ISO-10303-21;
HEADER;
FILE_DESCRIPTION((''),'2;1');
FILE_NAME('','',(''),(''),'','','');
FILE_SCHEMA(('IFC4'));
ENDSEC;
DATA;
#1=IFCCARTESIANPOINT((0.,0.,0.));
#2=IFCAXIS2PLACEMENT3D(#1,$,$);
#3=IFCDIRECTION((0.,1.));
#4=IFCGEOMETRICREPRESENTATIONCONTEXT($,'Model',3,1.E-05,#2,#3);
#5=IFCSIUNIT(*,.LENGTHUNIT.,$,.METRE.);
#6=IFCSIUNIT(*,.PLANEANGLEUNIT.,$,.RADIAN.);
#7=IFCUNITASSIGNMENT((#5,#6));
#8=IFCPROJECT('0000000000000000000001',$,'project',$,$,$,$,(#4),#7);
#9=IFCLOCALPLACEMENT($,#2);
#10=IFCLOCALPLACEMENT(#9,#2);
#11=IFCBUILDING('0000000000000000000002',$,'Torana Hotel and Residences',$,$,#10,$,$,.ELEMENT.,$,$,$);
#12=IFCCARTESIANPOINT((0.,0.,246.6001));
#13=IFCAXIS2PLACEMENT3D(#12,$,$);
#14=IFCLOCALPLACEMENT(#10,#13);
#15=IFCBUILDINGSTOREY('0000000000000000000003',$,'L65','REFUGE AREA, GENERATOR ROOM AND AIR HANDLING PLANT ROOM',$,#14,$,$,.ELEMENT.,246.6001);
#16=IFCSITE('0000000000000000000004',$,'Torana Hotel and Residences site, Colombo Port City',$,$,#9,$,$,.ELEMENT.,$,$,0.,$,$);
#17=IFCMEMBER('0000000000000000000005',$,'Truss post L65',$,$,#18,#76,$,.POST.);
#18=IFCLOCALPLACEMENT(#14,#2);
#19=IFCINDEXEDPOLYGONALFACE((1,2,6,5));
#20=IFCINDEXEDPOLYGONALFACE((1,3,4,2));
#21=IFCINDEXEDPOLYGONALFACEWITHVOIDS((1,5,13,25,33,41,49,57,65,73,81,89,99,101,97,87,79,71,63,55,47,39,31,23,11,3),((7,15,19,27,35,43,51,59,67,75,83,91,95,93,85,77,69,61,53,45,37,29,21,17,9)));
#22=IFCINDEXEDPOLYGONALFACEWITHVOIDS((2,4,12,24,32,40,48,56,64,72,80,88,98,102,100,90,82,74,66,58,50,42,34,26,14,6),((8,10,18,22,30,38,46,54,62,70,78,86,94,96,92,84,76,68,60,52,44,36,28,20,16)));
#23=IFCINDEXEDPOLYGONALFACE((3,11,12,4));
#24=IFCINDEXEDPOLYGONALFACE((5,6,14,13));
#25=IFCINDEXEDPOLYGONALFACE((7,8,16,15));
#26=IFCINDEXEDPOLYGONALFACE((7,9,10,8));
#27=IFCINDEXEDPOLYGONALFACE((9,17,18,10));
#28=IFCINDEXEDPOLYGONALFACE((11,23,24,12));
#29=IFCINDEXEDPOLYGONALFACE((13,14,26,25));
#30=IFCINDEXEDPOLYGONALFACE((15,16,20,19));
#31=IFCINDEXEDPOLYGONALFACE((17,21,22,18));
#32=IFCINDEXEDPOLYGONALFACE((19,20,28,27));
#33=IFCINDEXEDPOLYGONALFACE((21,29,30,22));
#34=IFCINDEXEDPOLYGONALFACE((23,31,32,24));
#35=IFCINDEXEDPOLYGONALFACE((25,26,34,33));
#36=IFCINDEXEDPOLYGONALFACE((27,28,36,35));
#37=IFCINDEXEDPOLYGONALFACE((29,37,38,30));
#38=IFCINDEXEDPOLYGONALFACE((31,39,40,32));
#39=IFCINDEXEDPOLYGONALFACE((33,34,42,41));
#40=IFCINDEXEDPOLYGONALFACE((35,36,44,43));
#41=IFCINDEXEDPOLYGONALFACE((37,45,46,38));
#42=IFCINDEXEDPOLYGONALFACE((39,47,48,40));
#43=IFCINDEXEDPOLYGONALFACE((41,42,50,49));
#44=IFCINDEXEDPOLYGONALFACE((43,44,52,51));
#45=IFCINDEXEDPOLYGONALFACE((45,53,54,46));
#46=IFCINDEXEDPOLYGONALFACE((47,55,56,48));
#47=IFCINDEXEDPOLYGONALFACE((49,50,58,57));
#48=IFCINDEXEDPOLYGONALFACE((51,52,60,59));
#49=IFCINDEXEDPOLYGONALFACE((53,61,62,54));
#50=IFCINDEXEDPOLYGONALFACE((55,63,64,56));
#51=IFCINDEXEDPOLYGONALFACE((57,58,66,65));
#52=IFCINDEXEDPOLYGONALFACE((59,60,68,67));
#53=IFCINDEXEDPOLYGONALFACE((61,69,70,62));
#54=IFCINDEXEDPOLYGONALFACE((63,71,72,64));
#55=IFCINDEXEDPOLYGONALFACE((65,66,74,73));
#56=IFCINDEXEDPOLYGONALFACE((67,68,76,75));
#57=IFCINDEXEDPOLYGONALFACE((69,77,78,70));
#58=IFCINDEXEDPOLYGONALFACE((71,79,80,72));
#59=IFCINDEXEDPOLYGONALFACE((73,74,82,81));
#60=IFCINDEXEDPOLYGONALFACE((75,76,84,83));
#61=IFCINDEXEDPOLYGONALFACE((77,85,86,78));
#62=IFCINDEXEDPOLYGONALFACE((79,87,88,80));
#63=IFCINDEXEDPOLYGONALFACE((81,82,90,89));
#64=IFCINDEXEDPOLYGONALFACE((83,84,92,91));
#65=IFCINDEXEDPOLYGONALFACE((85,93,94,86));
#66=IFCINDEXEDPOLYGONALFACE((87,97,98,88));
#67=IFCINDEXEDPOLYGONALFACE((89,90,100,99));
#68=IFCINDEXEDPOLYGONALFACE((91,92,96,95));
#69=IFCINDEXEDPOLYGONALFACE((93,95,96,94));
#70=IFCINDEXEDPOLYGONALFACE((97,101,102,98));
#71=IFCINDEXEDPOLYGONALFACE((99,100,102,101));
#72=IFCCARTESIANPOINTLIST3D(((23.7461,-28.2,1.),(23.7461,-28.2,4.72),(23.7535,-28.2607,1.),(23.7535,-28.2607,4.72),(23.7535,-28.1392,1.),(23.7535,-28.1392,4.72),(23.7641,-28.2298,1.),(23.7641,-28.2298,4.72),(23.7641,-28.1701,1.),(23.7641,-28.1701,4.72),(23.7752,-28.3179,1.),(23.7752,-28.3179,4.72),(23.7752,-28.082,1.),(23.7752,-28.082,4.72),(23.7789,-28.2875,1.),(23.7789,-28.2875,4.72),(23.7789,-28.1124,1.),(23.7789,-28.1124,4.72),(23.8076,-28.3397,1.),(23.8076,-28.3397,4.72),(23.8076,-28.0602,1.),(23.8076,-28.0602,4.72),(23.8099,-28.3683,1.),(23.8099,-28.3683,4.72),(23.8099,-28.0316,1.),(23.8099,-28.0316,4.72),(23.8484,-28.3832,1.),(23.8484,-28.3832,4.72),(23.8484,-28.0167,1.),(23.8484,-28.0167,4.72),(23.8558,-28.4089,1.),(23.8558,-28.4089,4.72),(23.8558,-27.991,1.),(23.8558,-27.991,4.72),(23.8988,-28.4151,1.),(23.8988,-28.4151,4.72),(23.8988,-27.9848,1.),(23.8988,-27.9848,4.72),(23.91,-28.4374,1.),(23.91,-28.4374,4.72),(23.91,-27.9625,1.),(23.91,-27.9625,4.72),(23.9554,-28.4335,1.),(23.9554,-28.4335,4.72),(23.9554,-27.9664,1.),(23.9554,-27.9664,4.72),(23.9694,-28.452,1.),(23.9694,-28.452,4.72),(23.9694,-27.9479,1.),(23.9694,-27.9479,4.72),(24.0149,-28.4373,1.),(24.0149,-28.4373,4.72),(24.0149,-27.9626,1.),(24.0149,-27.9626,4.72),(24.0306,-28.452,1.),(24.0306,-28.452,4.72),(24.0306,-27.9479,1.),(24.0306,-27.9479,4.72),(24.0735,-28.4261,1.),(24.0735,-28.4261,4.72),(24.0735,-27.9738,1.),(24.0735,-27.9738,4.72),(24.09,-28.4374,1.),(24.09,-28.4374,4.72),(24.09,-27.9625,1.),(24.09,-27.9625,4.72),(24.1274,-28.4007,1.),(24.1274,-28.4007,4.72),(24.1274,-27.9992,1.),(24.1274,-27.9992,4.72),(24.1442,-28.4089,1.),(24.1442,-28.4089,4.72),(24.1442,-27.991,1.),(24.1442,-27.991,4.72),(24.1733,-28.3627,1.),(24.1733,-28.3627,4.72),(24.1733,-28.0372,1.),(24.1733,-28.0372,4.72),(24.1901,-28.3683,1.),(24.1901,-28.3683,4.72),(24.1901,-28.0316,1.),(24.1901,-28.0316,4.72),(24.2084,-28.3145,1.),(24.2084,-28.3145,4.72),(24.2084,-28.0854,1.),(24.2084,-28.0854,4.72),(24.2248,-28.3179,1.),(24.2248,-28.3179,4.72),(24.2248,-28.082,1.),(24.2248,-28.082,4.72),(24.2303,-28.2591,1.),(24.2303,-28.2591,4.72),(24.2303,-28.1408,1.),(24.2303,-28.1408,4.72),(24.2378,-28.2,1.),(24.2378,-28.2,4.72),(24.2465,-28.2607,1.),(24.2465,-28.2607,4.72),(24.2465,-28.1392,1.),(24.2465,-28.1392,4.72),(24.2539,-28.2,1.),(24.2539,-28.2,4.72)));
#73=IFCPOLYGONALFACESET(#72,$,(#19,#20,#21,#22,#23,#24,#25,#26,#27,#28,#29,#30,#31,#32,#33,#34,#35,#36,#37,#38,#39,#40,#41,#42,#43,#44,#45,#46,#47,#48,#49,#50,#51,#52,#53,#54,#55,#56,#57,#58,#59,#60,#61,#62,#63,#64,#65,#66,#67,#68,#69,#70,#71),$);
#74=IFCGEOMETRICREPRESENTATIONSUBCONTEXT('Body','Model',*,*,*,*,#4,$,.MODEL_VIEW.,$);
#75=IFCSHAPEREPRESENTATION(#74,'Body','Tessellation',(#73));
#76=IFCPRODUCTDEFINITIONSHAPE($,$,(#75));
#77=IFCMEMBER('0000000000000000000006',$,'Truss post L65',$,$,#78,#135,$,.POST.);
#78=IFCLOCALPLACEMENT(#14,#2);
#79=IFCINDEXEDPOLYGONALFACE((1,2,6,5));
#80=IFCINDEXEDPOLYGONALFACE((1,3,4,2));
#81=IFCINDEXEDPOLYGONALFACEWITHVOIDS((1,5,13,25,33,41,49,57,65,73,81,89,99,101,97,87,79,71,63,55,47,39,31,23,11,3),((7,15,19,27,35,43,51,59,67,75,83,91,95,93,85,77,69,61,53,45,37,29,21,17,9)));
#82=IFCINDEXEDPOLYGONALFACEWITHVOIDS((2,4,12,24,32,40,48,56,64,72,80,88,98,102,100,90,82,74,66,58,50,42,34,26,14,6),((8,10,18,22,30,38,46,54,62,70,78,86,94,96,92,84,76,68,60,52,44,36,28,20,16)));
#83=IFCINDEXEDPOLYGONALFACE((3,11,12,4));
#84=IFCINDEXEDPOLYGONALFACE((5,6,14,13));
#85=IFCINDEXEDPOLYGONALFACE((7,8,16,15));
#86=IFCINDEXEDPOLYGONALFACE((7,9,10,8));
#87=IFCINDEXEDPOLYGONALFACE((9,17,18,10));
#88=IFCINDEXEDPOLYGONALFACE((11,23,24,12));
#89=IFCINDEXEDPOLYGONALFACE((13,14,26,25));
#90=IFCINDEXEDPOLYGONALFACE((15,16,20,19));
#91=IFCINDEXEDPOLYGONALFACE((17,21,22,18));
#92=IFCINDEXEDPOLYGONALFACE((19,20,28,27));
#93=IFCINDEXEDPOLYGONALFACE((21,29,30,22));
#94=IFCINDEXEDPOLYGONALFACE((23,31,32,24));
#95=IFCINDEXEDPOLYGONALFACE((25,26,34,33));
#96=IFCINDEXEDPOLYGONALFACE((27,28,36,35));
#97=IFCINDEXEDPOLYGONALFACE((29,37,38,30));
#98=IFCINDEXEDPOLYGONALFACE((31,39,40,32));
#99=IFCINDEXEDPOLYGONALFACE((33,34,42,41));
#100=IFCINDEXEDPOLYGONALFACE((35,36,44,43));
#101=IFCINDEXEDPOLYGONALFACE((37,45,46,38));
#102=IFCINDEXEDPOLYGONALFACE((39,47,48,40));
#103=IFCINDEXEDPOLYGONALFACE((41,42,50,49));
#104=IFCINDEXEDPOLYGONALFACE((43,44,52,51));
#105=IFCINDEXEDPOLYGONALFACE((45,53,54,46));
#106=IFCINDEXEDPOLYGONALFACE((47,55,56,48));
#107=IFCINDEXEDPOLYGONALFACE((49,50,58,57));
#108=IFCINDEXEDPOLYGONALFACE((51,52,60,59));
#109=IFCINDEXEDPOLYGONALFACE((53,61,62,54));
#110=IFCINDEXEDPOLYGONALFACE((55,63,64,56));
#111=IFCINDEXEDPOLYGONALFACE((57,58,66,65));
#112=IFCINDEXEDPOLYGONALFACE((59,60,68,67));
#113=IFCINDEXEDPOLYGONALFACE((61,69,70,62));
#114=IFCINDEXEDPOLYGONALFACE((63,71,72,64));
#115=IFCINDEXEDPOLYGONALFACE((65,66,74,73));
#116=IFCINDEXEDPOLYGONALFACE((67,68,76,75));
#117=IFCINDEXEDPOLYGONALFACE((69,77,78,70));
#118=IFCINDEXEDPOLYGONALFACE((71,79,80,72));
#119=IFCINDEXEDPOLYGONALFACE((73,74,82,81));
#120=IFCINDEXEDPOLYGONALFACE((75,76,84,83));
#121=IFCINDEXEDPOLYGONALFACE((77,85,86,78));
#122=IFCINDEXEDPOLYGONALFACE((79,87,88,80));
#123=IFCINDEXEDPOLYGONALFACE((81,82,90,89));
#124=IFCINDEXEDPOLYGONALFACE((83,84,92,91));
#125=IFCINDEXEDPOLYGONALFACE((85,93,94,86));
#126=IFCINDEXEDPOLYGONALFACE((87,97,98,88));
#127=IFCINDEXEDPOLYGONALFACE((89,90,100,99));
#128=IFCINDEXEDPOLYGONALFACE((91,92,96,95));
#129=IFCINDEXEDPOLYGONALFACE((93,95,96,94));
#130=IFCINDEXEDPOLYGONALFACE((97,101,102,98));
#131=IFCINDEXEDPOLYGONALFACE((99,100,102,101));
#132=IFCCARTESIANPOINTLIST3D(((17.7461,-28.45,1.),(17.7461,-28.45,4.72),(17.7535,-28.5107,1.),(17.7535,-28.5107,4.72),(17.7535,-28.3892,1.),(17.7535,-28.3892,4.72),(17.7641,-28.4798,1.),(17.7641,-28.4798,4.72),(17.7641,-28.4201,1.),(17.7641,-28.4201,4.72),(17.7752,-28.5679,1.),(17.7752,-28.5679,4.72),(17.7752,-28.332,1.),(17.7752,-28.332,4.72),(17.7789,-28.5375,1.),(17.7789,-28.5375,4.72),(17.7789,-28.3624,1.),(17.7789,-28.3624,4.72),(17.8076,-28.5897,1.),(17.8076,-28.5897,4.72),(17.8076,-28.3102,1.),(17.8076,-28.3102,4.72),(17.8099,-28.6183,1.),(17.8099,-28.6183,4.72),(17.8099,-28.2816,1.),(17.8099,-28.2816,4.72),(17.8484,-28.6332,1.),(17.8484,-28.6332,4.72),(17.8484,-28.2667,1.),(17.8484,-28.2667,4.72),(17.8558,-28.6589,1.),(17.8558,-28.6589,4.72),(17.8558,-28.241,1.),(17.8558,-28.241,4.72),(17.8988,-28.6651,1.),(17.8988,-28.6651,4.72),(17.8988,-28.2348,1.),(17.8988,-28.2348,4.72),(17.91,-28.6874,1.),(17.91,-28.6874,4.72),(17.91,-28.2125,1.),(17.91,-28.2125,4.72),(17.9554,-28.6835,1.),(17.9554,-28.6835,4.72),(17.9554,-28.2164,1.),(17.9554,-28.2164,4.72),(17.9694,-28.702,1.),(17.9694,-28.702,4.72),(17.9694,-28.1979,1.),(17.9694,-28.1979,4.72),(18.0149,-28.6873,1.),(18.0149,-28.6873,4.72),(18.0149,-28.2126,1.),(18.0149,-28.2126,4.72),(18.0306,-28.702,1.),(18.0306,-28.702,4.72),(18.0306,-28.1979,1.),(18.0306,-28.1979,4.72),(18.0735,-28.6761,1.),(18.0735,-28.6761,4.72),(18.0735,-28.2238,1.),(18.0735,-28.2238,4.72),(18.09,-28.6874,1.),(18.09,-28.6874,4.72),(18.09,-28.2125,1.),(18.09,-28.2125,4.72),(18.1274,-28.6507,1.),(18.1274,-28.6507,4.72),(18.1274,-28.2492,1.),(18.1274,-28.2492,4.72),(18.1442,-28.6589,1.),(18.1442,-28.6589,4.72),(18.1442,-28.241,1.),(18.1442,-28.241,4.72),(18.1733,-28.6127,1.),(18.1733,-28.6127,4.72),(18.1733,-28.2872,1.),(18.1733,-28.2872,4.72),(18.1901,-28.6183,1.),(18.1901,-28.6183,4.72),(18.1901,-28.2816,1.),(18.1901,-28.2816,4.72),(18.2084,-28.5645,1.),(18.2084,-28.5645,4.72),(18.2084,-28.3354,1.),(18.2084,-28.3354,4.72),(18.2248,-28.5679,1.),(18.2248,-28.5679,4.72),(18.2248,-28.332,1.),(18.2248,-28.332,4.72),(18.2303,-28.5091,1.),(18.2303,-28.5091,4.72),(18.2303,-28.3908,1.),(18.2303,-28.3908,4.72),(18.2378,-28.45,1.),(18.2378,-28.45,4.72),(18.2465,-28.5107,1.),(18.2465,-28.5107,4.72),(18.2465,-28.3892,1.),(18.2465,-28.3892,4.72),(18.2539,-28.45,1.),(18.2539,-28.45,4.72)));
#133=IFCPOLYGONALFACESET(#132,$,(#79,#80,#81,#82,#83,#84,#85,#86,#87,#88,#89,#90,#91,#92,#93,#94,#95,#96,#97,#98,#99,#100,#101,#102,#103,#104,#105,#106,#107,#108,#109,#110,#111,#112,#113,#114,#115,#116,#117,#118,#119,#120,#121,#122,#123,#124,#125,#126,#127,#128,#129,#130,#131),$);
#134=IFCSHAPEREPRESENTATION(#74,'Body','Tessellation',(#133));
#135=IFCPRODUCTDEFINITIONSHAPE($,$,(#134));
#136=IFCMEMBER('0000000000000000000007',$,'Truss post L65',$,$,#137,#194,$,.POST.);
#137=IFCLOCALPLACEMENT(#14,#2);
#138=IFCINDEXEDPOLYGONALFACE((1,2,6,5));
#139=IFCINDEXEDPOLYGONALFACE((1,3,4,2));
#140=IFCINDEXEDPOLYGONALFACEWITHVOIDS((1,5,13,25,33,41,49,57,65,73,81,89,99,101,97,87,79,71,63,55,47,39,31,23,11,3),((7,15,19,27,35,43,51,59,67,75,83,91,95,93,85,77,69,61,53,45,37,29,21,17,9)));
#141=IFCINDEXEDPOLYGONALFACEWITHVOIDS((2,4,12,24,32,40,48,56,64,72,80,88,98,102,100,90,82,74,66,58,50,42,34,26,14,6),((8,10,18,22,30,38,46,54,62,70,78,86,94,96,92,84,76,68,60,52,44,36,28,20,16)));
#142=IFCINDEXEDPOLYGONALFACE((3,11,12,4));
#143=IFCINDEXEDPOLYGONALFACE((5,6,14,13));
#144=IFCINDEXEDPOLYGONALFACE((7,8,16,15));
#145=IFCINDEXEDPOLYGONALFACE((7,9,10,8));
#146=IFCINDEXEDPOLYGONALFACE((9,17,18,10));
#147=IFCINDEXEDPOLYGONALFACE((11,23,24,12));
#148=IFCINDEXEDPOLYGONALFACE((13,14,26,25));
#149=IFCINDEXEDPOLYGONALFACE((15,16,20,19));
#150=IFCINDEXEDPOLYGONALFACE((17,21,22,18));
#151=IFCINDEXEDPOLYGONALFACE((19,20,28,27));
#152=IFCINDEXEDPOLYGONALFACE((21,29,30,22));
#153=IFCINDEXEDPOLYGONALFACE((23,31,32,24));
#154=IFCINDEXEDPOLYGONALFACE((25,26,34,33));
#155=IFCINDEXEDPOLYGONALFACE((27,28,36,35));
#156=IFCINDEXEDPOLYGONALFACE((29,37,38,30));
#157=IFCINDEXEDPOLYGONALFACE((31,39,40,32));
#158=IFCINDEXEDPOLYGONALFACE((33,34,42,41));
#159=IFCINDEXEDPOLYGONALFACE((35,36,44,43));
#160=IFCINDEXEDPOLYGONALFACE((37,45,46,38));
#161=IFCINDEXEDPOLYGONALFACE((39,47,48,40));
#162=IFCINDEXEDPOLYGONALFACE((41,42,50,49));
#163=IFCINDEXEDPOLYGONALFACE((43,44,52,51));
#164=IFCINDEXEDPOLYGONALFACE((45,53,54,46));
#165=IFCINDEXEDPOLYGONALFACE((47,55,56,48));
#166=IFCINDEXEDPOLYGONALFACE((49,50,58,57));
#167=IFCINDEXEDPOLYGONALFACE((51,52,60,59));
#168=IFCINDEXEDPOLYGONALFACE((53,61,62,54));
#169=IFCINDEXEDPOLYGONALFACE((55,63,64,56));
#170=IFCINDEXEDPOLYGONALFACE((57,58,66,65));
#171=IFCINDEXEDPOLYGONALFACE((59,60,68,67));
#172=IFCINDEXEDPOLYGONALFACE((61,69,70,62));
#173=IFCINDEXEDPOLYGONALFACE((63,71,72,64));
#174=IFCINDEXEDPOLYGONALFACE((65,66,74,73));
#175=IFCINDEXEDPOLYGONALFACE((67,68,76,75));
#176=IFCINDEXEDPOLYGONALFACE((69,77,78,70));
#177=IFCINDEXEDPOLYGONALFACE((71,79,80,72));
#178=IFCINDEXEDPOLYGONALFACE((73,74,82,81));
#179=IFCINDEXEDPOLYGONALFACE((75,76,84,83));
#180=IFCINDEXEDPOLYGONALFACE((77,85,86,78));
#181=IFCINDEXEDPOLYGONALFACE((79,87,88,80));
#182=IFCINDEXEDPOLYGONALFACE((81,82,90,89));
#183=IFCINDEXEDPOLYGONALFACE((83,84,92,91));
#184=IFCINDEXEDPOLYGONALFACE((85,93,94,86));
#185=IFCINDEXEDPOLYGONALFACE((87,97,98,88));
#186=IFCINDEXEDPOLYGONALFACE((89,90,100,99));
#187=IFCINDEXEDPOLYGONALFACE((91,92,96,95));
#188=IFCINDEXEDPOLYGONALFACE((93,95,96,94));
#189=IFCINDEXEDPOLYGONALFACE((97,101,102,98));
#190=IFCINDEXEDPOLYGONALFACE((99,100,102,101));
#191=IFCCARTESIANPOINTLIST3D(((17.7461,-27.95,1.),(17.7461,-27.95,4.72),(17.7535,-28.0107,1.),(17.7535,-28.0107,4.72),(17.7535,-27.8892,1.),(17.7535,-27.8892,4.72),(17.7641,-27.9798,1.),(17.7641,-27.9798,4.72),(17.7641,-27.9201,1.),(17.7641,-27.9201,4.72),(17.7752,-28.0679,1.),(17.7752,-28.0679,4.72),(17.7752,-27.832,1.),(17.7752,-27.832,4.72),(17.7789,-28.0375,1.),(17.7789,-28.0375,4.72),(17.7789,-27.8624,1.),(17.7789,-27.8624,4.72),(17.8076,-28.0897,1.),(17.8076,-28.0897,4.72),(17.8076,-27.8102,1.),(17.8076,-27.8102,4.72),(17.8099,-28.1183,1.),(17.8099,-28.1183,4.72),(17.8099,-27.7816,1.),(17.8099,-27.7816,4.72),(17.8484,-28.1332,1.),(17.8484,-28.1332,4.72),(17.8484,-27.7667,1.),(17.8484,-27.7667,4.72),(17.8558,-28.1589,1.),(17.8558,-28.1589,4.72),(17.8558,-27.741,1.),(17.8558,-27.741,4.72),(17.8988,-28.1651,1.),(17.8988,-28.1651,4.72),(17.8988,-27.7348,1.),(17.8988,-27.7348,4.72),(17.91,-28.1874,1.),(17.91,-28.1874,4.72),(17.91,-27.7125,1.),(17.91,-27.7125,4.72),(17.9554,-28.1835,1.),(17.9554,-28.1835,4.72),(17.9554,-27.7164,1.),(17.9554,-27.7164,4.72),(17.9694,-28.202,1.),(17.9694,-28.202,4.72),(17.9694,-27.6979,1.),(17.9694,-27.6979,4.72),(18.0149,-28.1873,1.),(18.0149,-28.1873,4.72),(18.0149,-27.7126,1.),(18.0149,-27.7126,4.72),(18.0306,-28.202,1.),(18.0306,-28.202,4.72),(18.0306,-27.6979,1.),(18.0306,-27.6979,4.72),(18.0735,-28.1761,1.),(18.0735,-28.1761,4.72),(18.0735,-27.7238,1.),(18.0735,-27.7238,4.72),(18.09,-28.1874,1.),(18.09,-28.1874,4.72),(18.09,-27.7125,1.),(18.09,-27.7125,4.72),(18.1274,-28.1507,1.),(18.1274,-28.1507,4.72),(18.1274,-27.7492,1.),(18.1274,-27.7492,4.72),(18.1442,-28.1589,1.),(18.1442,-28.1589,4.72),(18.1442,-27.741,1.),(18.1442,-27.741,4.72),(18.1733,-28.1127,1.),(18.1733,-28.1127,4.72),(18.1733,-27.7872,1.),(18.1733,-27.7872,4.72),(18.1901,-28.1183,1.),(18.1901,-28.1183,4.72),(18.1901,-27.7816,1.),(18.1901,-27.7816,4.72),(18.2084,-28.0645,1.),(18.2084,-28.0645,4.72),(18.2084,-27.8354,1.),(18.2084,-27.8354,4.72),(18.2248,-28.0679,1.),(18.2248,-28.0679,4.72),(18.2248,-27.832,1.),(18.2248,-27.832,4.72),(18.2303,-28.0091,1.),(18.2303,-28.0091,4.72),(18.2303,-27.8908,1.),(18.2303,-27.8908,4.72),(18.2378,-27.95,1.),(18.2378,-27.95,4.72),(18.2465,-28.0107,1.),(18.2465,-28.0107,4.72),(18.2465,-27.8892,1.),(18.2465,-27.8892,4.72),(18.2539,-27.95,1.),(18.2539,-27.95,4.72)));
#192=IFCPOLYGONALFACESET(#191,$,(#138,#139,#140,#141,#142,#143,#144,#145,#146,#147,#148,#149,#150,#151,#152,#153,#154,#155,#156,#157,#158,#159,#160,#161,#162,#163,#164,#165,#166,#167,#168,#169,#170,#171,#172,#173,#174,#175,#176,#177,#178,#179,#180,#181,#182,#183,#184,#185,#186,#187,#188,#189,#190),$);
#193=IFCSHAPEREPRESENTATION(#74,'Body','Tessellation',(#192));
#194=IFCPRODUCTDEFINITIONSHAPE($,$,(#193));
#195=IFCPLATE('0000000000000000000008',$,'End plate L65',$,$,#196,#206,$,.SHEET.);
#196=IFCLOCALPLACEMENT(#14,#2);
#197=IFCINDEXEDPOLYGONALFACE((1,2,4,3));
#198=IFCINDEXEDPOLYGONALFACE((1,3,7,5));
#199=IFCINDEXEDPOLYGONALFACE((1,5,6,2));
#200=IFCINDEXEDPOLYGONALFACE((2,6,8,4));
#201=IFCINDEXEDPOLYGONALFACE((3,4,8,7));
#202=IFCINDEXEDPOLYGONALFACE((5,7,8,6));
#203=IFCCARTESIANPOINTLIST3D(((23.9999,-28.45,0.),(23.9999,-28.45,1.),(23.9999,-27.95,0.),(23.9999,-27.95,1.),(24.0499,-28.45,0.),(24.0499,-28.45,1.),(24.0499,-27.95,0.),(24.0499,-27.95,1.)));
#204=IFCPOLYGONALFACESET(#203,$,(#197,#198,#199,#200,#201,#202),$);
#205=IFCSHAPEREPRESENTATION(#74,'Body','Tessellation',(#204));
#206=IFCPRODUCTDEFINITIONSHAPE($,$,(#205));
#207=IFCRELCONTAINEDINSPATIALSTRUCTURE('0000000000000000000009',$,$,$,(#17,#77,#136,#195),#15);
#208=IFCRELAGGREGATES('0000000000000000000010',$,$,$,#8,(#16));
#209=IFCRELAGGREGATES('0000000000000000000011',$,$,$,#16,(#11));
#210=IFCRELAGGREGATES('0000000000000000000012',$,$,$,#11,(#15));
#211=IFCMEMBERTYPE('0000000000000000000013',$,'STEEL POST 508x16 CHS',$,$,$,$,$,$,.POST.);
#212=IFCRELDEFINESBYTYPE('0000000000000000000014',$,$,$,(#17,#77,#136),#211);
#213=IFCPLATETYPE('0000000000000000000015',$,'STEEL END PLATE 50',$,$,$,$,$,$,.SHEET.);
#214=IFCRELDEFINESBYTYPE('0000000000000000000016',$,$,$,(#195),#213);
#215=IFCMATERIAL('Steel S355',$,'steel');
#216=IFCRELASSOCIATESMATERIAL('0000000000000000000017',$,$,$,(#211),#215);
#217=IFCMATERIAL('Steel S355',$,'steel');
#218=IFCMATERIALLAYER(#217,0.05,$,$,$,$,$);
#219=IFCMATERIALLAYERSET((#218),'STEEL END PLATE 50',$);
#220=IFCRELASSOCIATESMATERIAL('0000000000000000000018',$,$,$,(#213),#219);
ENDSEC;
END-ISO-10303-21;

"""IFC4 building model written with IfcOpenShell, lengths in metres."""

from ifc_helpers import new_model, si_unit, direction, frame, origin, origin_2d, place, context, subcontext, project, spatial, rectangle, hollow_circle, extrude, material, layer, layer_set, material_profile, profile_set, type_object, element, save


model = new_model("IFC4")

# Units and contexts
model_context = context("Model", 3, precision=1e-05, world=origin(), true_north=direction((0.0, 1.0)))
body_context = subcontext(model_context, "Body", "Model", "MODEL_VIEW")
ifc_project = project(units=[si_unit("LENGTHUNIT", "METRE"), si_unit("PLANEANGLEUNIT", "RADIAN")], contexts=[model_context])

# Site, building, storey
site_placement = place(None, origin())
site = spatial("IfcSite", under=ifc_project, at=site_placement, Name="Torana Hotel and Residences site, Colombo Port City", CompositionType="ELEMENT", RefElevation=0.0)
building_placement = place(site_placement, origin())
building = spatial("IfcBuilding", under=site, at=building_placement, Name="Torana Hotel and Residences", CompositionType="ELEMENT")
storey_placement = place(building_placement, frame((0.0, 0.0, 246.6001)))
storey = spatial("IfcBuildingStorey", under=building, at=storey_placement, Name="L65", Description="REFUGE AREA, GENERATOR ROOM AND AIR HANDLING PLANT ROOM", CompositionType="ELEMENT", Elevation=246.6001)

# Members
ifc_material_1 = material(Name="Steel S355", Category="steel")
ifc_material_profile_1 = material_profile(ifc_material_1, hollow_circle(Radius=0.2539, WallThickness=0.0161, at=origin_2d()), Name="508x16 CHS")
ifc_profile_set_1 = profile_set([ifc_material_profile_1], Name="Steel S355")
member_type_1 = type_object("IfcMemberType", Name="STEEL POST 508x16 CHS", PredefinedType="POST", material=ifc_profile_set_1)
for number, where, z_axis, x_axis, name in (
    (1, (24.0, -28.2, 1.0), (0.0, 0.0, 1.0), (1.0, 0.0, 0.0), "Truss post L65"),
    (2, (18.0, -28.45, 1.0), (0.0, 0.0, 1.0), (1.0, 0.0, 0.0), "Truss post L65"),
    (3, (18.0, -27.95, 1.0), (0.0, 0.0, 1.0), (1.0, 0.0, 0.0), "Truss post L65"),
):
    element("IfcMember", number, at=place(storey_placement, frame(where, z_axis=z_axis, x_axis=x_axis)), inside=storey, type_object=member_type_1, Name=name, PredefinedType="POST", context=body_context, shape_type="SweptSolid", body=[
        extrude(hollow_circle(Radius=0.2539, WallThickness=0.0161, at=origin_2d()), origin(), (0.0, 0.0, 1.0), 3.72),
    ])

# Plate
ifc_material_2 = material(Name="Steel S355", Category="steel")
ifc_layer = layer(ifc_material_2, 0.05)
ifc_layer_set = layer_set([ifc_layer], Name="STEEL END PLATE 50")
plate_type = type_object("IfcPlateType", Name="STEEL END PLATE 50", PredefinedType="SHEET", material=ifc_layer_set)
for number, where, z_axis, x_axis, name in (
    (4, (24.0249, -28.2, 0.0), (0.0, 0.0, 1.0), (1.0, 0.0, 0.0), "End plate L65"),
):
    element("IfcPlate", number, at=place(storey_placement, frame(where, z_axis=z_axis, x_axis=x_axis)), inside=storey, type_object=plate_type, Name=name, PredefinedType="SHEET", context=body_context, shape_type="SweptSolid", body=[
        extrude(rectangle(XDim=0.05, YDim=0.5, at=origin_2d()), origin(), (0.0, 0.0, 1.0), 1.0),
    ])

save(model, "model.ifc")
